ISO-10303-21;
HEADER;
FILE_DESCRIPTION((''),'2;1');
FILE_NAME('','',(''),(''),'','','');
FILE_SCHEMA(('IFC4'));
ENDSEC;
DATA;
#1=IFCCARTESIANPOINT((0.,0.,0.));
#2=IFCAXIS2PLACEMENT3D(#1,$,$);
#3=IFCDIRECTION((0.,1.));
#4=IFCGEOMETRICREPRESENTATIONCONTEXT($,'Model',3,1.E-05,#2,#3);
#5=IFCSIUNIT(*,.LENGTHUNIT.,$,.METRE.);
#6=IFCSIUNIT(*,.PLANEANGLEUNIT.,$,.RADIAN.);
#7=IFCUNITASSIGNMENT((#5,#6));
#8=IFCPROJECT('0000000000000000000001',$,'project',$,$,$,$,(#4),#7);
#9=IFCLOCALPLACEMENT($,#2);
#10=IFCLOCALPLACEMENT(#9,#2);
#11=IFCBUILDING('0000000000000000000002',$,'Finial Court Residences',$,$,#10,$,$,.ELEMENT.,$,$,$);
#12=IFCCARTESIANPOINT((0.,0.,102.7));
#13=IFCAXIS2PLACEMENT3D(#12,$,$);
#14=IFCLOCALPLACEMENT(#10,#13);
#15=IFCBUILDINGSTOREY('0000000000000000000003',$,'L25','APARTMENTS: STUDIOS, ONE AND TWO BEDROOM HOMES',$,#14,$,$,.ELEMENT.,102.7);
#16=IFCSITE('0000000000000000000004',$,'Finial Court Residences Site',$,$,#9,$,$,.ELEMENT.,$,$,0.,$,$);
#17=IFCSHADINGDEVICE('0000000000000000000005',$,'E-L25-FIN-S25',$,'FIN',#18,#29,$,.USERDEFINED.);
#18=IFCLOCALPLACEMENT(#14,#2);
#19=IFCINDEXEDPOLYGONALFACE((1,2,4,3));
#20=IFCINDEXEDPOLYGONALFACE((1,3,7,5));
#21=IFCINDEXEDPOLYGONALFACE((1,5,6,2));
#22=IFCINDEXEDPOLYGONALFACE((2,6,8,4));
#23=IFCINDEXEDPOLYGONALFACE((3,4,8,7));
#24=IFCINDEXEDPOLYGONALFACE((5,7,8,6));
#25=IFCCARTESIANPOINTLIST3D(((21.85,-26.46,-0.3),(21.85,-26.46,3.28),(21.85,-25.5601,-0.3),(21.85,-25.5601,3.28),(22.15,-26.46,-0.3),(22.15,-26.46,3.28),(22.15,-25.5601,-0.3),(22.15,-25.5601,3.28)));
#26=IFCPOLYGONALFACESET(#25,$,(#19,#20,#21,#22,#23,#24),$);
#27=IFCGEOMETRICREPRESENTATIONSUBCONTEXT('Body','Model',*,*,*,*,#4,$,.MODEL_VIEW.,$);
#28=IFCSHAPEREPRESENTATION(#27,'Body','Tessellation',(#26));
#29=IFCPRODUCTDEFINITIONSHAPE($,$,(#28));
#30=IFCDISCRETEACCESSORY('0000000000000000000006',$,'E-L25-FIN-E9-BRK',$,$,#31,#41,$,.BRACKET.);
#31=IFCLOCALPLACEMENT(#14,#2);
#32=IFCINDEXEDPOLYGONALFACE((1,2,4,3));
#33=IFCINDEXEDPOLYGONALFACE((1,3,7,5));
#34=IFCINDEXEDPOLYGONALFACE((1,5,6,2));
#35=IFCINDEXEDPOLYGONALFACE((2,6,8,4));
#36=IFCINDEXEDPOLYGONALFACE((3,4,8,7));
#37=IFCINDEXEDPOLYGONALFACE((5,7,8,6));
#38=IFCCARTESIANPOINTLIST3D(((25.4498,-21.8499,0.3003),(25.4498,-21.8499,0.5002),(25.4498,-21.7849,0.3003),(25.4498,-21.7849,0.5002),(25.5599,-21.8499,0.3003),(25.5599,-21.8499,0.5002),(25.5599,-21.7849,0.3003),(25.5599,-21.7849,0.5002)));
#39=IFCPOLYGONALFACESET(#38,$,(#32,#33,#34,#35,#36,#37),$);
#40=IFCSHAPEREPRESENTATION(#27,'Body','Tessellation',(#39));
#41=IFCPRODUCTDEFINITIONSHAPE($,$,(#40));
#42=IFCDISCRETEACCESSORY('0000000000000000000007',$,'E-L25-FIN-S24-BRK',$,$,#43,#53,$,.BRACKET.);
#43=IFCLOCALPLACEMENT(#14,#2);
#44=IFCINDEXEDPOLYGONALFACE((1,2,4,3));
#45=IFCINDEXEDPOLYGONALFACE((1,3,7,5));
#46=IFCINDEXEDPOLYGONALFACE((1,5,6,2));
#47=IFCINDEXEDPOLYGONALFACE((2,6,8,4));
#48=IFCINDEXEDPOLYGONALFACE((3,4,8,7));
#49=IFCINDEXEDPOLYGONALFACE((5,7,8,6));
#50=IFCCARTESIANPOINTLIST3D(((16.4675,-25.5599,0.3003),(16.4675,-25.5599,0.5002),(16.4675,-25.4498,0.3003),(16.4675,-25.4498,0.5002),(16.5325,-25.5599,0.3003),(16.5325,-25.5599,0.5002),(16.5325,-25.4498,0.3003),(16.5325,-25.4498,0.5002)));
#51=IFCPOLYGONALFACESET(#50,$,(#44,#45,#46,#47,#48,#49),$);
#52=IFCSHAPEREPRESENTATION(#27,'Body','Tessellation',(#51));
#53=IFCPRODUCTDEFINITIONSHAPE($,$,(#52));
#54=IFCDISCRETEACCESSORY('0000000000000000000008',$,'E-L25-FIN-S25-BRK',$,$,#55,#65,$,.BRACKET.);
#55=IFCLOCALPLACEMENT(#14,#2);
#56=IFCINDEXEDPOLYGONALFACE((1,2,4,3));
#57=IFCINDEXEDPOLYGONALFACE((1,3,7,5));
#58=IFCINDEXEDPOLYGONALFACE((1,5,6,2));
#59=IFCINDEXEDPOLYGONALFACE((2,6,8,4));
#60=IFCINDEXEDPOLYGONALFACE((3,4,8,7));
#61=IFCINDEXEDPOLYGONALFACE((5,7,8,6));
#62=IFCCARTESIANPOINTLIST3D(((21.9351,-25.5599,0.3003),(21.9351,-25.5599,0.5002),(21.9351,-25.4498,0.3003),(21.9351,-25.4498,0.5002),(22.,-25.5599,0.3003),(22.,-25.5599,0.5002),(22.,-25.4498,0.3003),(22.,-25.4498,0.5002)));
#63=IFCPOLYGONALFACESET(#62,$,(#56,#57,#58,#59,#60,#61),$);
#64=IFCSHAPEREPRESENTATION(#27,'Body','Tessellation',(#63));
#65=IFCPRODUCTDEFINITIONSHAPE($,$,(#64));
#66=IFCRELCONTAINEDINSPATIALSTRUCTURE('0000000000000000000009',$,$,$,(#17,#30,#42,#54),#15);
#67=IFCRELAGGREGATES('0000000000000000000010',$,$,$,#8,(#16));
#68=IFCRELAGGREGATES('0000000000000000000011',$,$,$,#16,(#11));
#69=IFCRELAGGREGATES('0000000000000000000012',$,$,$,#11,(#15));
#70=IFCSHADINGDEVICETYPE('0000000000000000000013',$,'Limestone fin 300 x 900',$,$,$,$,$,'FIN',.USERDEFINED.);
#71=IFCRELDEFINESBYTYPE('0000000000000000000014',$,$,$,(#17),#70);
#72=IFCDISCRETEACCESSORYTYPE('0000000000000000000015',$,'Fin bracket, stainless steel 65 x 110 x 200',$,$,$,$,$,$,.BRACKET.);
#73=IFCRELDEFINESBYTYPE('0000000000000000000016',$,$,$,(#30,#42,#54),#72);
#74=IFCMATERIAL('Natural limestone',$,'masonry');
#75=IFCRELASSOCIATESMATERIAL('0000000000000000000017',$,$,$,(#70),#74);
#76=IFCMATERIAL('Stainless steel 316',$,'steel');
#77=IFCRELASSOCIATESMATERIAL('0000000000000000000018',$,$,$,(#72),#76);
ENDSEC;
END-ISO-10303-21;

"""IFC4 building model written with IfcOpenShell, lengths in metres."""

from ifc_helpers import new_model, si_unit, direction, frame, origin, origin_2d, place, context, subcontext, project, spatial, rectangle, extrude, material, type_object, element, save


model = new_model("IFC4")

# Units and contexts
model_context = context("Model", 3, precision=1e-05, world=origin(), true_north=direction((0.0, 1.0)))
body_context = subcontext(model_context, "Body", "Model", "MODEL_VIEW")
ifc_project = project(units=[si_unit("LENGTHUNIT", "METRE"), si_unit("PLANEANGLEUNIT", "RADIAN")], contexts=[model_context])

# Site, building, storey
site_placement = place(None, origin())
site = spatial("IfcSite", under=ifc_project, at=site_placement, Name="Finial Court Residences Site", CompositionType="ELEMENT", RefElevation=0.0)
building_placement = place(site_placement, origin())
building = spatial("IfcBuilding", under=site, at=building_placement, Name="Finial Court Residences", CompositionType="ELEMENT")
storey_placement = place(building_placement, frame((0.0, 0.0, 102.7)))
storey = spatial("IfcBuildingStorey", under=building, at=storey_placement, Name="L25", Description="APARTMENTS: STUDIOS, ONE AND TWO BEDROOM HOMES", CompositionType="ELEMENT", Elevation=102.7)

# Shared definitions
ifc_material_1 = material(Name="Natural limestone", Category="masonry")

# Shading device
shading_device_type = type_object("IfcShadingDeviceType", Name="Limestone fin 300 x 900", ElementType="FIN", PredefinedType="USERDEFINED", material=ifc_material_1)
for number, where, z_axis, x_axis, name in (
    (1, (22.0, -26.01, -0.3), (0.0, 0.0, 1.0), (1.0, 0.0, 0.0), "E-L25-FIN-S25"),
):
    element("IfcShadingDevice", number, at=place(storey_placement, frame(where, z_axis=z_axis, x_axis=x_axis)), inside=storey, type_object=shading_device_type, Name=name, ObjectType="FIN", PredefinedType="USERDEFINED", context=body_context, shape_type="SweptSolid", body=[
        extrude(rectangle(XDim=0.3, YDim=0.8999, at=origin_2d()), origin(), (0.0, 0.0, 1.0), 3.5801),
    ])

# Discrete accessories
ifc_material_2 = material(Name="Stainless steel 316", Category="steel")
discrete_accessory_type = type_object("IfcDiscreteAccessoryType", Name="Fin bracket, stainless steel 65 x 110 x 200", PredefinedType="BRACKET", material=ifc_material_2)
discrete_accessory_placement = place(storey_placement, frame((25.5049, -21.8174, 0.3003), z_axis=(0.0, 0.0, 1.0), x_axis=(1.0, 0.0, 0.0)))
element("IfcDiscreteAccessory", 2, at=discrete_accessory_placement, inside=storey, type_object=discrete_accessory_type, Name="E-L25-FIN-E9-BRK", PredefinedType="BRACKET", context=body_context, shape_type="SweptSolid", body=[
    extrude(rectangle(XDim=0.1101, YDim=0.0649, at=origin_2d()), origin(), (0.0, 0.0, 1.0), 0.2),
])
for number, where, z_axis, x_axis, name in (
    (3, (16.5, -25.5049, 0.3003), (0.0, 0.0, 1.0), (1.0, 0.0, 0.0), "E-L25-FIN-S24-BRK"),
    (4, (21.9675, -25.5049, 0.3003), (0.0, 0.0, 1.0), (1.0, 0.0, 0.0), "E-L25-FIN-S25-BRK"),
):
    element("IfcDiscreteAccessory", number, at=place(storey_placement, frame(where, z_axis=z_axis, x_axis=x_axis)), inside=storey, type_object=discrete_accessory_type, Name=name, PredefinedType="BRACKET", context=body_context, shape_type="SweptSolid", body=[
        extrude(rectangle(XDim=0.0649, YDim=0.1101, at=origin_2d()), origin(), (0.0, 0.0, 1.0), 0.2),
    ])

save(model, "model.ifc")
